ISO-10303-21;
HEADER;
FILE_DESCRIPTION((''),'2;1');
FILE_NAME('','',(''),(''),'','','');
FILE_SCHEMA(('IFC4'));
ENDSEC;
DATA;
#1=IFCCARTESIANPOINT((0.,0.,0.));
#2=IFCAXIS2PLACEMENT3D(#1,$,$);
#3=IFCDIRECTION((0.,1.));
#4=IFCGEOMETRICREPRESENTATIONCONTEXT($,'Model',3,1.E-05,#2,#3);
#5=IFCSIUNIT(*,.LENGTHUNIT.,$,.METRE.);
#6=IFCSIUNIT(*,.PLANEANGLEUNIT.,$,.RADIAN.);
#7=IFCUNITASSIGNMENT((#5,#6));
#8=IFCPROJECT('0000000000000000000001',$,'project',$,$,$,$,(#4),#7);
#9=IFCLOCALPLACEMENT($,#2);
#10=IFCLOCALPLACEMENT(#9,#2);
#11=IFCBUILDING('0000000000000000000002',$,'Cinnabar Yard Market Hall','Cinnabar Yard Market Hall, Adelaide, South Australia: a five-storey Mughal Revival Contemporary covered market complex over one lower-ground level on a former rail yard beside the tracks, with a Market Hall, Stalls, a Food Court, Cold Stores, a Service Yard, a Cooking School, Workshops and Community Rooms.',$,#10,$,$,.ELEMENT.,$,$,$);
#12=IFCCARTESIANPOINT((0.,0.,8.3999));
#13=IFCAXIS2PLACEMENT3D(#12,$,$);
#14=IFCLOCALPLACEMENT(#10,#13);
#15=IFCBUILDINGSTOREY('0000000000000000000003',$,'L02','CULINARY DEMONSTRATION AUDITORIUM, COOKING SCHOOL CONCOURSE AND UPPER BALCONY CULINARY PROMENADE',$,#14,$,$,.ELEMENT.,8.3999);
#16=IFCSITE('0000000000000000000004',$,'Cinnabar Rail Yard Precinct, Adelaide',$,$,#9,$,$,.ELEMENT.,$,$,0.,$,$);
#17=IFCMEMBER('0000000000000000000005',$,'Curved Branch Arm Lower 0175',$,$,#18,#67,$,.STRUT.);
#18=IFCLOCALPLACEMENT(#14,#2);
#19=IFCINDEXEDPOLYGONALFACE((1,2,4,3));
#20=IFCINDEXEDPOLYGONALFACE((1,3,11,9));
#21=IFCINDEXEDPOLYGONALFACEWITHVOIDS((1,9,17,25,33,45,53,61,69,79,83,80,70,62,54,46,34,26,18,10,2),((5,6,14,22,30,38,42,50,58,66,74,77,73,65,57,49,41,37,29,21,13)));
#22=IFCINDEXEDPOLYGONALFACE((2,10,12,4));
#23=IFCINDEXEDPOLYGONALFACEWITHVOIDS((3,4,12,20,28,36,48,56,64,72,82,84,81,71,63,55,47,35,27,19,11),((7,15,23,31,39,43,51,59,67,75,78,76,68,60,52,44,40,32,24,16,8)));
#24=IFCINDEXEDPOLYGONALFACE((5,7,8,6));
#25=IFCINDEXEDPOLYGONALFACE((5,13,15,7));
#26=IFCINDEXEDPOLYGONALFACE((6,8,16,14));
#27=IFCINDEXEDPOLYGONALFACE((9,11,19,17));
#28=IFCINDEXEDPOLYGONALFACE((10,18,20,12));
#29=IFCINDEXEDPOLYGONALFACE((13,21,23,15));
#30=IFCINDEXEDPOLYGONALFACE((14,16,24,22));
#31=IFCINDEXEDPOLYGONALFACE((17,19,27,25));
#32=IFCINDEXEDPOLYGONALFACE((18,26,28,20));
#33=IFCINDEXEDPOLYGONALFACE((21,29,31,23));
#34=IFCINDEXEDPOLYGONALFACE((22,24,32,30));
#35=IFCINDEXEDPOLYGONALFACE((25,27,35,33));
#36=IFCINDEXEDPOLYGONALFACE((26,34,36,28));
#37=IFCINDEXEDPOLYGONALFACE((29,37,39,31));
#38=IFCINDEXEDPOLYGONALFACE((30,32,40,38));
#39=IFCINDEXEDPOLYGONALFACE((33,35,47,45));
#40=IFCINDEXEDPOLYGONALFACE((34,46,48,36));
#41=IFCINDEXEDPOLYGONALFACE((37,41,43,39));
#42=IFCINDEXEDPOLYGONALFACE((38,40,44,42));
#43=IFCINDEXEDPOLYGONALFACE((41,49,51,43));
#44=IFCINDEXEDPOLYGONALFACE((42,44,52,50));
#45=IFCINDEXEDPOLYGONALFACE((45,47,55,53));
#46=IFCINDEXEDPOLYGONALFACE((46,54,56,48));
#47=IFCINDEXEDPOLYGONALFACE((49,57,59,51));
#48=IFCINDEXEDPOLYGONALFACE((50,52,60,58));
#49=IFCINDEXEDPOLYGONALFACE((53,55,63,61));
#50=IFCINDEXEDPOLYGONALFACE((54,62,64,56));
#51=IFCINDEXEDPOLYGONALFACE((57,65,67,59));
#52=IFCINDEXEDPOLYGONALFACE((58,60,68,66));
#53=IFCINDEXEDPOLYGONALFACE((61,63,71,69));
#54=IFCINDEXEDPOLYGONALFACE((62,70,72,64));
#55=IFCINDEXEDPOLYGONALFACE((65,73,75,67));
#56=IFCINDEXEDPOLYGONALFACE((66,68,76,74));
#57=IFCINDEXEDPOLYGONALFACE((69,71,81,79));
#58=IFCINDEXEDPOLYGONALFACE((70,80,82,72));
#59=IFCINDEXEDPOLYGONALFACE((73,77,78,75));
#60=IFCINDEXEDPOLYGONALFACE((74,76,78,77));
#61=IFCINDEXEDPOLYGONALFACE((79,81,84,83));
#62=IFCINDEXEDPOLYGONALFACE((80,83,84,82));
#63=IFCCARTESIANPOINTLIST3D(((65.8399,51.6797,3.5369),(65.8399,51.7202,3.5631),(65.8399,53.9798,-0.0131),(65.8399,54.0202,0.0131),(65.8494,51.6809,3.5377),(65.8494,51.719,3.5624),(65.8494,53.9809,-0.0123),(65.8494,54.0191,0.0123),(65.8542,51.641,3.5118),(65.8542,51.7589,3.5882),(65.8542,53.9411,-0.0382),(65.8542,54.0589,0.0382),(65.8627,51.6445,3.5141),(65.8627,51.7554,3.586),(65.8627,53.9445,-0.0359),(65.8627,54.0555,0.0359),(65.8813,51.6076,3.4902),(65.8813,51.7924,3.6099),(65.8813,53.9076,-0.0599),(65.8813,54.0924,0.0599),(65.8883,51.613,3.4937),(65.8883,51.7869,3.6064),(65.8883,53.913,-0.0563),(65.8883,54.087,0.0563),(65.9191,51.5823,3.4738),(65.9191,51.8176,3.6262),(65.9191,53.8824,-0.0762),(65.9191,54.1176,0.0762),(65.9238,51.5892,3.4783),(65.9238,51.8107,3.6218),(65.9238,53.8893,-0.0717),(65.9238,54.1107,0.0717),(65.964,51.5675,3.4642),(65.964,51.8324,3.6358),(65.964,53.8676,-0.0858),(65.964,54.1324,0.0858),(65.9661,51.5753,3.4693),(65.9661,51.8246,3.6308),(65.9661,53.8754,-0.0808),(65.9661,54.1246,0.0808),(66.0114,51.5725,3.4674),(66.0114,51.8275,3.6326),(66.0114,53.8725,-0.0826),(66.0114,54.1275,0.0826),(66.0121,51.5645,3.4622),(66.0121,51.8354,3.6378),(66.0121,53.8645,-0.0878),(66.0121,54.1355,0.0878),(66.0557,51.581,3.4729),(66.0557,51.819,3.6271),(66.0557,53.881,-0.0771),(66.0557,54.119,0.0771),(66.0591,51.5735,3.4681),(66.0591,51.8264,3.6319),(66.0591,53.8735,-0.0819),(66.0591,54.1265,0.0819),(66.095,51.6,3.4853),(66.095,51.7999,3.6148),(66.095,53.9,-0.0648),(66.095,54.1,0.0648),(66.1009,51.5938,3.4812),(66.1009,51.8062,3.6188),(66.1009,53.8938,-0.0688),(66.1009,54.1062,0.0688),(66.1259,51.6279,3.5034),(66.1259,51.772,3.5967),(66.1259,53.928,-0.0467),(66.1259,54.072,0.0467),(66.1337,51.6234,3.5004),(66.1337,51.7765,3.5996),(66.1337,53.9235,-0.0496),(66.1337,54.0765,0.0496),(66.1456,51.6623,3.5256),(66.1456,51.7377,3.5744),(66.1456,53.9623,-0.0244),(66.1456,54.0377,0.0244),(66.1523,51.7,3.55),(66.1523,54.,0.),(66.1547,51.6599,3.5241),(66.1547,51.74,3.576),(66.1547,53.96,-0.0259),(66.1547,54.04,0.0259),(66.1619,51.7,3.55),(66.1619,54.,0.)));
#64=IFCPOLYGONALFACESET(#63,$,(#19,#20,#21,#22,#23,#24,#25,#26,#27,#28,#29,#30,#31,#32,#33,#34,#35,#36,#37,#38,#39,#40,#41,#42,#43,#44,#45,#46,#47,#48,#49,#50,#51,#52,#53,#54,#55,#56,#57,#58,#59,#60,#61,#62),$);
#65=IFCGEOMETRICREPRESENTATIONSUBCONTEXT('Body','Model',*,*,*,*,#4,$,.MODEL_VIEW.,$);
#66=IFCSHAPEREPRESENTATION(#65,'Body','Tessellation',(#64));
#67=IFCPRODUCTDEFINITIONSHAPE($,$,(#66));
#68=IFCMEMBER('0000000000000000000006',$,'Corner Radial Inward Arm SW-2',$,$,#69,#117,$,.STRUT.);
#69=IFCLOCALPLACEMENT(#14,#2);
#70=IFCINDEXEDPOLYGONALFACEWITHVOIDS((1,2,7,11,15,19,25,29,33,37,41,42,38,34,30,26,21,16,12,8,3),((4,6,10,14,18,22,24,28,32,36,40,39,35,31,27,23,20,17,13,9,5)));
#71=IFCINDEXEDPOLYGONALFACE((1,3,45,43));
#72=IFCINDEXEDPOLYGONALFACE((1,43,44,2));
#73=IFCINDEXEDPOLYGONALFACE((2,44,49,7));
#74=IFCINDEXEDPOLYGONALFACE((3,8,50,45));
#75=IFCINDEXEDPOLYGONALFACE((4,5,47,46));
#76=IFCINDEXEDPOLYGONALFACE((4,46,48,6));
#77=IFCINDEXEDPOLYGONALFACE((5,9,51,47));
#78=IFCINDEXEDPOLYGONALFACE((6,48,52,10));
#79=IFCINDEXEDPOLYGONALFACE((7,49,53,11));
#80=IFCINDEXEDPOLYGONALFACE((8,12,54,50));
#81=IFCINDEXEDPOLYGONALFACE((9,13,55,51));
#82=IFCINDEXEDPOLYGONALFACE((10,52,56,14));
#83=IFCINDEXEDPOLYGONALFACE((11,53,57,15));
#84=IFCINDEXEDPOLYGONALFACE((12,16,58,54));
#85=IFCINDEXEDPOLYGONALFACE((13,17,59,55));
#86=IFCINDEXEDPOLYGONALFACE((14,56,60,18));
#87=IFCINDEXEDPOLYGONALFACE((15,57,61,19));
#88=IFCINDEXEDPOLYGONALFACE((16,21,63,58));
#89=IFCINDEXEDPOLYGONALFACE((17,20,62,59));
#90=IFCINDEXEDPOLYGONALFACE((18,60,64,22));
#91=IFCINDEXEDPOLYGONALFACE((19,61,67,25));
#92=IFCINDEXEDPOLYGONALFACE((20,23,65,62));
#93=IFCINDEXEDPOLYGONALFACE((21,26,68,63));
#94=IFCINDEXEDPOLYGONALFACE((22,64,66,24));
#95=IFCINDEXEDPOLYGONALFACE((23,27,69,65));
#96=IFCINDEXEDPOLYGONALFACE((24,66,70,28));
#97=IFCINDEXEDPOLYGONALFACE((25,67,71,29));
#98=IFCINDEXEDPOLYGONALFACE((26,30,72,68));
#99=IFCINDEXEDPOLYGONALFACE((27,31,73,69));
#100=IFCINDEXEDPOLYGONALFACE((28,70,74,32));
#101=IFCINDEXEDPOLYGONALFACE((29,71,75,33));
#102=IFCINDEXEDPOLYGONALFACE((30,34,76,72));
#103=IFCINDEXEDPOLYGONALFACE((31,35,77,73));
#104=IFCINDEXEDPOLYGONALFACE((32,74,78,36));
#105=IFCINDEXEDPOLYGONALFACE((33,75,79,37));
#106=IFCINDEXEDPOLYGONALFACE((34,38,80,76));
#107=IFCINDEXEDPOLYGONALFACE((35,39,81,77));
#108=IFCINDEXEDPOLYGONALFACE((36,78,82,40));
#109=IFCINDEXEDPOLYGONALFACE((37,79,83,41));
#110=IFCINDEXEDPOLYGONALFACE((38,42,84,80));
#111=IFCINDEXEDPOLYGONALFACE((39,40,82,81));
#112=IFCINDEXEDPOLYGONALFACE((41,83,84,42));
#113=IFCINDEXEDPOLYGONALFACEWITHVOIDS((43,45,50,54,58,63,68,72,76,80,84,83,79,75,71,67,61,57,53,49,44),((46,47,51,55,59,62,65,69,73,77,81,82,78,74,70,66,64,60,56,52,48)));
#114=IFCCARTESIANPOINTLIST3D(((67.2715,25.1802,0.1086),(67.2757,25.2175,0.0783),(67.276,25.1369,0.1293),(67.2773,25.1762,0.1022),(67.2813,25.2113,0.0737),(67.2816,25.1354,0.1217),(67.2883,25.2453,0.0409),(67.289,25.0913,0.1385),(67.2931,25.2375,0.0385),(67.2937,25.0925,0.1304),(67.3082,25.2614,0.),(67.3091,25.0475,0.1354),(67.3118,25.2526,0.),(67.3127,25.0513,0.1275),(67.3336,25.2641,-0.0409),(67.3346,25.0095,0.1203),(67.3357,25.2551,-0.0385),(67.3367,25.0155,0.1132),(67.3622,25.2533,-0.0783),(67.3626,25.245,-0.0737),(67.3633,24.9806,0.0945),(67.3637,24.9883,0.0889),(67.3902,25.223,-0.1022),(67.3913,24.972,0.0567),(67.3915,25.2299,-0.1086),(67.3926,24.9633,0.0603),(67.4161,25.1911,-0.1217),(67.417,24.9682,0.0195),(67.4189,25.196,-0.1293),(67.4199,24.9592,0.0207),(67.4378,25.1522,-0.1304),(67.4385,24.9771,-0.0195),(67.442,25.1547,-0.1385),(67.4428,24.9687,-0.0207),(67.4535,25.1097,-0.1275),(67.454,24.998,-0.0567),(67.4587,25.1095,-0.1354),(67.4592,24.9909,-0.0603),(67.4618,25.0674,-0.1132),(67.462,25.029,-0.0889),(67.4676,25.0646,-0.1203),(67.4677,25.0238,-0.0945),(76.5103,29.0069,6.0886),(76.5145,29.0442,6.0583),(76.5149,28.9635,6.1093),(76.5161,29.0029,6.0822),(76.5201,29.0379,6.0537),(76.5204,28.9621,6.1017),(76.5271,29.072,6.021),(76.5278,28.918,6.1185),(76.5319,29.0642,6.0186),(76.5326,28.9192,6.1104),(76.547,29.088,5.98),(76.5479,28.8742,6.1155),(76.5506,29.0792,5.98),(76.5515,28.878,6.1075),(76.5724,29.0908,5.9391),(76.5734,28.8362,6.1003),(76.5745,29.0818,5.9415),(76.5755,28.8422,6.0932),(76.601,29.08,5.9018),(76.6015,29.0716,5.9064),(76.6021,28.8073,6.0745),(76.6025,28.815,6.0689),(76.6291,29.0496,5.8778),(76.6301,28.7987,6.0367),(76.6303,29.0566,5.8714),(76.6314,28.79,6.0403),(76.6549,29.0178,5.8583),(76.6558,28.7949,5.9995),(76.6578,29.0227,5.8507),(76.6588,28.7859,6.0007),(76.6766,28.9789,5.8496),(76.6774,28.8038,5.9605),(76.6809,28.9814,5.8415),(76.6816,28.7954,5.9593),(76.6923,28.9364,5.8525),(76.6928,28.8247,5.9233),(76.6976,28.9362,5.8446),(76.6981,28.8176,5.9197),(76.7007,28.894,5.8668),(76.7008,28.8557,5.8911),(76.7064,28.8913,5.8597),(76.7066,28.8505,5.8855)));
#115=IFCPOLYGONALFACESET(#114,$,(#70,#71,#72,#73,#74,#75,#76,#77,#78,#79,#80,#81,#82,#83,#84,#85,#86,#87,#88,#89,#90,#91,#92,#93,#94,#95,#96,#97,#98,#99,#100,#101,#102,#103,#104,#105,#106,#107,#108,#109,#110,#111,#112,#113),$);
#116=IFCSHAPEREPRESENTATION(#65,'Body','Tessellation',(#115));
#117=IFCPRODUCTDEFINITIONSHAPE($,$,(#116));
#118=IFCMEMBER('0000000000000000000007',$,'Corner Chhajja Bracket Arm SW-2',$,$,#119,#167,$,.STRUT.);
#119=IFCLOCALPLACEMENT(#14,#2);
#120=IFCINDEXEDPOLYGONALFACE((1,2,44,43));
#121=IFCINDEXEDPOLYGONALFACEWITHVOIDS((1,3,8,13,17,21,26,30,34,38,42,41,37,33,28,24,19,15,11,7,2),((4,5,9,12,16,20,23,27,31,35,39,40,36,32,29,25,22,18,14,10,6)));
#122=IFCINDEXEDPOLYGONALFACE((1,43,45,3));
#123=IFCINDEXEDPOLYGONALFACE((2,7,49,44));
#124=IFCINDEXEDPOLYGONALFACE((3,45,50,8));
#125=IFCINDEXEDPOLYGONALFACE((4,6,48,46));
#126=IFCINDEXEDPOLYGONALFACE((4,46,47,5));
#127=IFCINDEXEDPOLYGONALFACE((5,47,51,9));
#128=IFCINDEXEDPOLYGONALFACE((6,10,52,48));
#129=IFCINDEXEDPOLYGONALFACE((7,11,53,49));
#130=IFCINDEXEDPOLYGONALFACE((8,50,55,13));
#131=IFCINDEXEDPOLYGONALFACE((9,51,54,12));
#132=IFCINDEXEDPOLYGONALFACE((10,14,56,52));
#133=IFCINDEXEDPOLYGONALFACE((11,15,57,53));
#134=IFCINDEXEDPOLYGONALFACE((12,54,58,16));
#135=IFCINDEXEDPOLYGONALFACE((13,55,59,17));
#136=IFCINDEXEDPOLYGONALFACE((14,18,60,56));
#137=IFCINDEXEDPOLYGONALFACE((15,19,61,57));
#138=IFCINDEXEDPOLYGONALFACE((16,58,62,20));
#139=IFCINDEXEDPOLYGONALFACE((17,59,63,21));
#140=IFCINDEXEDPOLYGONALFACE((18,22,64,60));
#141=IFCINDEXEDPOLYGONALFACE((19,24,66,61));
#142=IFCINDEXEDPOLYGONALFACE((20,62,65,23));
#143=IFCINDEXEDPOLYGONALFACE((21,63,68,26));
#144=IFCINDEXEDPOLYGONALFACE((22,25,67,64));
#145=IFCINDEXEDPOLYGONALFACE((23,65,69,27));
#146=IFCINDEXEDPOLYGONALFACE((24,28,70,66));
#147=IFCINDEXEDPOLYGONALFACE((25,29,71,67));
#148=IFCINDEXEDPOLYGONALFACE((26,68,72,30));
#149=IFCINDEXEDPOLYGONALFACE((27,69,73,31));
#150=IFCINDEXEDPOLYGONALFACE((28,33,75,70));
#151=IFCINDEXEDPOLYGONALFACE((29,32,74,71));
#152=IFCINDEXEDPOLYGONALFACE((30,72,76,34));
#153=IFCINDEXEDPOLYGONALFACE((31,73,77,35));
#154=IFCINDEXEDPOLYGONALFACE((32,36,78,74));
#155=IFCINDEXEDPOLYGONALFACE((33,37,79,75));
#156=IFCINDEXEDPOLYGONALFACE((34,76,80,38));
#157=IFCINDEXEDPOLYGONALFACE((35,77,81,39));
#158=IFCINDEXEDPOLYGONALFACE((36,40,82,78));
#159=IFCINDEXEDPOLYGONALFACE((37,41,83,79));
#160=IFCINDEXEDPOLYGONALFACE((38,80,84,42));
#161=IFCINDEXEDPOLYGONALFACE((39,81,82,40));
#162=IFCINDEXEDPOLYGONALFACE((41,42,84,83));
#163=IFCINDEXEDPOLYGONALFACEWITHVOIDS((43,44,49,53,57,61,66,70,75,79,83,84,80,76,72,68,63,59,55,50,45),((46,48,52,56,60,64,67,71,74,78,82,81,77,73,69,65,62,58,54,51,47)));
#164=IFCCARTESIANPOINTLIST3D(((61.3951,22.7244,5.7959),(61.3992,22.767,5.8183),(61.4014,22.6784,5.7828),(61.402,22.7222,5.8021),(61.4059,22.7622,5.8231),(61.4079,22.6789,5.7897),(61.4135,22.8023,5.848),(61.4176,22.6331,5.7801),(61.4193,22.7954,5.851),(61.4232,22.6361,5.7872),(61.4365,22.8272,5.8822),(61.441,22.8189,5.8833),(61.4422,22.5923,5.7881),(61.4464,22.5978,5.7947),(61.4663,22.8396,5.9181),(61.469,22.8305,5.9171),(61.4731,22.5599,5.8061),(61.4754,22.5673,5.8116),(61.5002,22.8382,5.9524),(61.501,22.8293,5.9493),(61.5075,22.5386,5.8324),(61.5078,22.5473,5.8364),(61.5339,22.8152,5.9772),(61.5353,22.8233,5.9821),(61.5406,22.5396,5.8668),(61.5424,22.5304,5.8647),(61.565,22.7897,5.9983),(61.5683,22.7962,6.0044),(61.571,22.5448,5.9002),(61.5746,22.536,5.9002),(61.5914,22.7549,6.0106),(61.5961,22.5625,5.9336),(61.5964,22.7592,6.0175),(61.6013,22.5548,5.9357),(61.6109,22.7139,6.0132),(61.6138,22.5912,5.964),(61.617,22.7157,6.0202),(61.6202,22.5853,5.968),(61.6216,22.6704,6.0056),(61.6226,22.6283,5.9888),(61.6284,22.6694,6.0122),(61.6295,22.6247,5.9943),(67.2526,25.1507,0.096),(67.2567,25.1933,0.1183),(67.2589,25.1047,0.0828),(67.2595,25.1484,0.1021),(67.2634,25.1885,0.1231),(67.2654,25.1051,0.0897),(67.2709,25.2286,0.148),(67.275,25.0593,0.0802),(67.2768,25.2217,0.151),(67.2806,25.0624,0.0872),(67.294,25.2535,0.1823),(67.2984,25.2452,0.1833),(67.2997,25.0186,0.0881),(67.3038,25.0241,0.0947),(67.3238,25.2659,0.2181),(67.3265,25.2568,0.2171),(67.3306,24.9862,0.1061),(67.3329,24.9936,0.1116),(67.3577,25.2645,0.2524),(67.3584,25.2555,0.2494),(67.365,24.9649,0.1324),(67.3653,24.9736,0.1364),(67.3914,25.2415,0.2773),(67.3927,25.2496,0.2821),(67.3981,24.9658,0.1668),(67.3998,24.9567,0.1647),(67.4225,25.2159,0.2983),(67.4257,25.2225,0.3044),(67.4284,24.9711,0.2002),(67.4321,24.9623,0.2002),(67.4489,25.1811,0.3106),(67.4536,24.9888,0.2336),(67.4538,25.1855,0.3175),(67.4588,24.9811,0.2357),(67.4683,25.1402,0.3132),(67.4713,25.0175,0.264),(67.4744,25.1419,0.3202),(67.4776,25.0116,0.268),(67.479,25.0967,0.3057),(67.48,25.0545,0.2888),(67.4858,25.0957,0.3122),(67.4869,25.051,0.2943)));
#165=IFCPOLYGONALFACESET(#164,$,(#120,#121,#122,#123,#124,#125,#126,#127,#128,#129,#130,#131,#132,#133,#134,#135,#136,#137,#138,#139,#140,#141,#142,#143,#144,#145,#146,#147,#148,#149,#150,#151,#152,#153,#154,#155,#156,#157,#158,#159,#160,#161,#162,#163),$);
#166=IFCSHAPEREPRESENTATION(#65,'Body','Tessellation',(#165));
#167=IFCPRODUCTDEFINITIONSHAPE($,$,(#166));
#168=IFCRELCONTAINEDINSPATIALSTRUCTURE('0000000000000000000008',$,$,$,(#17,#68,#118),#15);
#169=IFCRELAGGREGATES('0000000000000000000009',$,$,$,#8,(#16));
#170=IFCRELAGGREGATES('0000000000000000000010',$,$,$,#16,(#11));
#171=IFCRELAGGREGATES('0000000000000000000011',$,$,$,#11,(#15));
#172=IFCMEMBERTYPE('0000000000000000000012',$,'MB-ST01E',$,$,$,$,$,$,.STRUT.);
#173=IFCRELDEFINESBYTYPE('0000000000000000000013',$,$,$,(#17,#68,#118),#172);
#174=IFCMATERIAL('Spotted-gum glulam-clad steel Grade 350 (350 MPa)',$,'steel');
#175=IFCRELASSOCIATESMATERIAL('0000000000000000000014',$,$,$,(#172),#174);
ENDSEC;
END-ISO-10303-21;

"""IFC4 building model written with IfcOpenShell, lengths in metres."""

from ifc_helpers import new_model, si_unit, direction, frame, origin, origin_2d_with_axis, place, context, subcontext, project, spatial, hollow_circle, extrude, material, material_profile, profile_set, type_object, element, save


model = new_model("IFC4")

# Units and contexts
model_context = context("Model", 3, precision=1e-05, world=origin(), true_north=direction((0.0, 1.0)))
body_context = subcontext(model_context, "Body", "Model", "MODEL_VIEW")
ifc_project = project(units=[si_unit("LENGTHUNIT", "METRE"), si_unit("PLANEANGLEUNIT", "RADIAN")], contexts=[model_context])

# Site, building, storey
site_placement = place(None, origin())
site = spatial("IfcSite", under=ifc_project, at=site_placement, Name="Cinnabar Rail Yard Precinct, Adelaide", CompositionType="ELEMENT", RefElevation=0.0)
building_placement = place(site_placement, origin())
building = spatial("IfcBuilding", under=site, at=building_placement, Name="Cinnabar Yard Market Hall", Description="Cinnabar Yard Market Hall, Adelaide, South Australia: a five-storey Mughal Revival Contemporary covered market complex over one lower-ground level on a former rail yard beside the tracks, with a Market Hall, Stalls, a Food Court, Cold Stores, a Service Yard, a Cooking School, Workshops and Community Rooms.", CompositionType="ELEMENT")
storey_placement = place(building_placement, frame((0.0, 0.0, 8.3999)))
storey = spatial("IfcBuildingStorey", under=building, at=storey_placement, Name="L02", Description="CULINARY DEMONSTRATION AUDITORIUM, COOKING SCHOOL CONCOURSE AND UPPER BALCONY CULINARY PROMENADE", CompositionType="ELEMENT", Elevation=8.3999)

# Shared definitions
ifc_material_1 = material(Name="Spotted-gum glulam-clad steel Grade 350 (350 MPa)", Category="steel")

# Members
ifc_material_profile_1 = material_profile(ifc_material_1, hollow_circle(Radius=0.1619, WallThickness=0.0095, at=origin_2d_with_axis()), Name="323.9x9.5CHS")
ifc_profile_set_1 = profile_set([ifc_material_profile_1], Name="Spotted-gum glulam-clad steel Grade 350 (350 MPa)")
member_type_1 = type_object("IfcMemberType", Name="MB-ST01E", PredefinedType="STRUT", material=ifc_profile_set_1)
for number, where, z_axis, x_axis, name in (
    (1, (66.0, 54.0, 0.0), (0.0, -0.543744, 0.839251), (1.0, 0.0, 0.0), "Curved Branch Arm Lower 0175"),
):
    element("IfcMember", number, at=place(storey_placement, frame(where, z_axis=z_axis, x_axis=x_axis)), inside=storey, type_object=member_type_1, Name=name, PredefinedType="STRUT", context=body_context, shape_type="SweptSolid", body=[
        extrude(hollow_circle(Radius=0.1619, WallThickness=0.0095, at=origin_2d_with_axis()), origin(), (0.0, 0.0, 1.0), 4.23),
    ])
member_1_placement = place(storey_placement, frame((67.3701, 25.1118, 0.0), z_axis=(0.792923, 0.328425, 0.513235), x_axis=(-0.382669, 0.923885, 0.0)))
element("IfcMember", 2, at=member_1_placement, inside=storey, type_object=member_type_1, Name="Corner Radial Inward Arm SW-2", PredefinedType="STRUT", context=body_context, shape_type="SweptSolid", body=[
    extrude(hollow_circle(Radius=0.1619, WallThickness=0.0095, at=origin_2d_with_axis()), origin(), (0.0, 0.0, 1.0), 11.6516),
])
member_2_placement = place(storey_placement, frame((67.3701, 25.1118, 0.2002), z_axis=(-0.68704, -0.284587, 0.66857), x_axis=(0.38269, -0.923877, 0.0)))
element("IfcMember", 3, at=member_2_placement, inside=storey, type_object=member_type_1, Name="Corner Chhajja Bracket Arm SW-2", PredefinedType="STRUT", context=body_context, shape_type="SweptSolid", body=[
    extrude(hollow_circle(Radius=0.1619, WallThickness=0.0095, at=origin_2d_with_axis()), origin(), (0.0, 0.0, 1.0), 8.5256),
])

save(model, "model.ifc")
